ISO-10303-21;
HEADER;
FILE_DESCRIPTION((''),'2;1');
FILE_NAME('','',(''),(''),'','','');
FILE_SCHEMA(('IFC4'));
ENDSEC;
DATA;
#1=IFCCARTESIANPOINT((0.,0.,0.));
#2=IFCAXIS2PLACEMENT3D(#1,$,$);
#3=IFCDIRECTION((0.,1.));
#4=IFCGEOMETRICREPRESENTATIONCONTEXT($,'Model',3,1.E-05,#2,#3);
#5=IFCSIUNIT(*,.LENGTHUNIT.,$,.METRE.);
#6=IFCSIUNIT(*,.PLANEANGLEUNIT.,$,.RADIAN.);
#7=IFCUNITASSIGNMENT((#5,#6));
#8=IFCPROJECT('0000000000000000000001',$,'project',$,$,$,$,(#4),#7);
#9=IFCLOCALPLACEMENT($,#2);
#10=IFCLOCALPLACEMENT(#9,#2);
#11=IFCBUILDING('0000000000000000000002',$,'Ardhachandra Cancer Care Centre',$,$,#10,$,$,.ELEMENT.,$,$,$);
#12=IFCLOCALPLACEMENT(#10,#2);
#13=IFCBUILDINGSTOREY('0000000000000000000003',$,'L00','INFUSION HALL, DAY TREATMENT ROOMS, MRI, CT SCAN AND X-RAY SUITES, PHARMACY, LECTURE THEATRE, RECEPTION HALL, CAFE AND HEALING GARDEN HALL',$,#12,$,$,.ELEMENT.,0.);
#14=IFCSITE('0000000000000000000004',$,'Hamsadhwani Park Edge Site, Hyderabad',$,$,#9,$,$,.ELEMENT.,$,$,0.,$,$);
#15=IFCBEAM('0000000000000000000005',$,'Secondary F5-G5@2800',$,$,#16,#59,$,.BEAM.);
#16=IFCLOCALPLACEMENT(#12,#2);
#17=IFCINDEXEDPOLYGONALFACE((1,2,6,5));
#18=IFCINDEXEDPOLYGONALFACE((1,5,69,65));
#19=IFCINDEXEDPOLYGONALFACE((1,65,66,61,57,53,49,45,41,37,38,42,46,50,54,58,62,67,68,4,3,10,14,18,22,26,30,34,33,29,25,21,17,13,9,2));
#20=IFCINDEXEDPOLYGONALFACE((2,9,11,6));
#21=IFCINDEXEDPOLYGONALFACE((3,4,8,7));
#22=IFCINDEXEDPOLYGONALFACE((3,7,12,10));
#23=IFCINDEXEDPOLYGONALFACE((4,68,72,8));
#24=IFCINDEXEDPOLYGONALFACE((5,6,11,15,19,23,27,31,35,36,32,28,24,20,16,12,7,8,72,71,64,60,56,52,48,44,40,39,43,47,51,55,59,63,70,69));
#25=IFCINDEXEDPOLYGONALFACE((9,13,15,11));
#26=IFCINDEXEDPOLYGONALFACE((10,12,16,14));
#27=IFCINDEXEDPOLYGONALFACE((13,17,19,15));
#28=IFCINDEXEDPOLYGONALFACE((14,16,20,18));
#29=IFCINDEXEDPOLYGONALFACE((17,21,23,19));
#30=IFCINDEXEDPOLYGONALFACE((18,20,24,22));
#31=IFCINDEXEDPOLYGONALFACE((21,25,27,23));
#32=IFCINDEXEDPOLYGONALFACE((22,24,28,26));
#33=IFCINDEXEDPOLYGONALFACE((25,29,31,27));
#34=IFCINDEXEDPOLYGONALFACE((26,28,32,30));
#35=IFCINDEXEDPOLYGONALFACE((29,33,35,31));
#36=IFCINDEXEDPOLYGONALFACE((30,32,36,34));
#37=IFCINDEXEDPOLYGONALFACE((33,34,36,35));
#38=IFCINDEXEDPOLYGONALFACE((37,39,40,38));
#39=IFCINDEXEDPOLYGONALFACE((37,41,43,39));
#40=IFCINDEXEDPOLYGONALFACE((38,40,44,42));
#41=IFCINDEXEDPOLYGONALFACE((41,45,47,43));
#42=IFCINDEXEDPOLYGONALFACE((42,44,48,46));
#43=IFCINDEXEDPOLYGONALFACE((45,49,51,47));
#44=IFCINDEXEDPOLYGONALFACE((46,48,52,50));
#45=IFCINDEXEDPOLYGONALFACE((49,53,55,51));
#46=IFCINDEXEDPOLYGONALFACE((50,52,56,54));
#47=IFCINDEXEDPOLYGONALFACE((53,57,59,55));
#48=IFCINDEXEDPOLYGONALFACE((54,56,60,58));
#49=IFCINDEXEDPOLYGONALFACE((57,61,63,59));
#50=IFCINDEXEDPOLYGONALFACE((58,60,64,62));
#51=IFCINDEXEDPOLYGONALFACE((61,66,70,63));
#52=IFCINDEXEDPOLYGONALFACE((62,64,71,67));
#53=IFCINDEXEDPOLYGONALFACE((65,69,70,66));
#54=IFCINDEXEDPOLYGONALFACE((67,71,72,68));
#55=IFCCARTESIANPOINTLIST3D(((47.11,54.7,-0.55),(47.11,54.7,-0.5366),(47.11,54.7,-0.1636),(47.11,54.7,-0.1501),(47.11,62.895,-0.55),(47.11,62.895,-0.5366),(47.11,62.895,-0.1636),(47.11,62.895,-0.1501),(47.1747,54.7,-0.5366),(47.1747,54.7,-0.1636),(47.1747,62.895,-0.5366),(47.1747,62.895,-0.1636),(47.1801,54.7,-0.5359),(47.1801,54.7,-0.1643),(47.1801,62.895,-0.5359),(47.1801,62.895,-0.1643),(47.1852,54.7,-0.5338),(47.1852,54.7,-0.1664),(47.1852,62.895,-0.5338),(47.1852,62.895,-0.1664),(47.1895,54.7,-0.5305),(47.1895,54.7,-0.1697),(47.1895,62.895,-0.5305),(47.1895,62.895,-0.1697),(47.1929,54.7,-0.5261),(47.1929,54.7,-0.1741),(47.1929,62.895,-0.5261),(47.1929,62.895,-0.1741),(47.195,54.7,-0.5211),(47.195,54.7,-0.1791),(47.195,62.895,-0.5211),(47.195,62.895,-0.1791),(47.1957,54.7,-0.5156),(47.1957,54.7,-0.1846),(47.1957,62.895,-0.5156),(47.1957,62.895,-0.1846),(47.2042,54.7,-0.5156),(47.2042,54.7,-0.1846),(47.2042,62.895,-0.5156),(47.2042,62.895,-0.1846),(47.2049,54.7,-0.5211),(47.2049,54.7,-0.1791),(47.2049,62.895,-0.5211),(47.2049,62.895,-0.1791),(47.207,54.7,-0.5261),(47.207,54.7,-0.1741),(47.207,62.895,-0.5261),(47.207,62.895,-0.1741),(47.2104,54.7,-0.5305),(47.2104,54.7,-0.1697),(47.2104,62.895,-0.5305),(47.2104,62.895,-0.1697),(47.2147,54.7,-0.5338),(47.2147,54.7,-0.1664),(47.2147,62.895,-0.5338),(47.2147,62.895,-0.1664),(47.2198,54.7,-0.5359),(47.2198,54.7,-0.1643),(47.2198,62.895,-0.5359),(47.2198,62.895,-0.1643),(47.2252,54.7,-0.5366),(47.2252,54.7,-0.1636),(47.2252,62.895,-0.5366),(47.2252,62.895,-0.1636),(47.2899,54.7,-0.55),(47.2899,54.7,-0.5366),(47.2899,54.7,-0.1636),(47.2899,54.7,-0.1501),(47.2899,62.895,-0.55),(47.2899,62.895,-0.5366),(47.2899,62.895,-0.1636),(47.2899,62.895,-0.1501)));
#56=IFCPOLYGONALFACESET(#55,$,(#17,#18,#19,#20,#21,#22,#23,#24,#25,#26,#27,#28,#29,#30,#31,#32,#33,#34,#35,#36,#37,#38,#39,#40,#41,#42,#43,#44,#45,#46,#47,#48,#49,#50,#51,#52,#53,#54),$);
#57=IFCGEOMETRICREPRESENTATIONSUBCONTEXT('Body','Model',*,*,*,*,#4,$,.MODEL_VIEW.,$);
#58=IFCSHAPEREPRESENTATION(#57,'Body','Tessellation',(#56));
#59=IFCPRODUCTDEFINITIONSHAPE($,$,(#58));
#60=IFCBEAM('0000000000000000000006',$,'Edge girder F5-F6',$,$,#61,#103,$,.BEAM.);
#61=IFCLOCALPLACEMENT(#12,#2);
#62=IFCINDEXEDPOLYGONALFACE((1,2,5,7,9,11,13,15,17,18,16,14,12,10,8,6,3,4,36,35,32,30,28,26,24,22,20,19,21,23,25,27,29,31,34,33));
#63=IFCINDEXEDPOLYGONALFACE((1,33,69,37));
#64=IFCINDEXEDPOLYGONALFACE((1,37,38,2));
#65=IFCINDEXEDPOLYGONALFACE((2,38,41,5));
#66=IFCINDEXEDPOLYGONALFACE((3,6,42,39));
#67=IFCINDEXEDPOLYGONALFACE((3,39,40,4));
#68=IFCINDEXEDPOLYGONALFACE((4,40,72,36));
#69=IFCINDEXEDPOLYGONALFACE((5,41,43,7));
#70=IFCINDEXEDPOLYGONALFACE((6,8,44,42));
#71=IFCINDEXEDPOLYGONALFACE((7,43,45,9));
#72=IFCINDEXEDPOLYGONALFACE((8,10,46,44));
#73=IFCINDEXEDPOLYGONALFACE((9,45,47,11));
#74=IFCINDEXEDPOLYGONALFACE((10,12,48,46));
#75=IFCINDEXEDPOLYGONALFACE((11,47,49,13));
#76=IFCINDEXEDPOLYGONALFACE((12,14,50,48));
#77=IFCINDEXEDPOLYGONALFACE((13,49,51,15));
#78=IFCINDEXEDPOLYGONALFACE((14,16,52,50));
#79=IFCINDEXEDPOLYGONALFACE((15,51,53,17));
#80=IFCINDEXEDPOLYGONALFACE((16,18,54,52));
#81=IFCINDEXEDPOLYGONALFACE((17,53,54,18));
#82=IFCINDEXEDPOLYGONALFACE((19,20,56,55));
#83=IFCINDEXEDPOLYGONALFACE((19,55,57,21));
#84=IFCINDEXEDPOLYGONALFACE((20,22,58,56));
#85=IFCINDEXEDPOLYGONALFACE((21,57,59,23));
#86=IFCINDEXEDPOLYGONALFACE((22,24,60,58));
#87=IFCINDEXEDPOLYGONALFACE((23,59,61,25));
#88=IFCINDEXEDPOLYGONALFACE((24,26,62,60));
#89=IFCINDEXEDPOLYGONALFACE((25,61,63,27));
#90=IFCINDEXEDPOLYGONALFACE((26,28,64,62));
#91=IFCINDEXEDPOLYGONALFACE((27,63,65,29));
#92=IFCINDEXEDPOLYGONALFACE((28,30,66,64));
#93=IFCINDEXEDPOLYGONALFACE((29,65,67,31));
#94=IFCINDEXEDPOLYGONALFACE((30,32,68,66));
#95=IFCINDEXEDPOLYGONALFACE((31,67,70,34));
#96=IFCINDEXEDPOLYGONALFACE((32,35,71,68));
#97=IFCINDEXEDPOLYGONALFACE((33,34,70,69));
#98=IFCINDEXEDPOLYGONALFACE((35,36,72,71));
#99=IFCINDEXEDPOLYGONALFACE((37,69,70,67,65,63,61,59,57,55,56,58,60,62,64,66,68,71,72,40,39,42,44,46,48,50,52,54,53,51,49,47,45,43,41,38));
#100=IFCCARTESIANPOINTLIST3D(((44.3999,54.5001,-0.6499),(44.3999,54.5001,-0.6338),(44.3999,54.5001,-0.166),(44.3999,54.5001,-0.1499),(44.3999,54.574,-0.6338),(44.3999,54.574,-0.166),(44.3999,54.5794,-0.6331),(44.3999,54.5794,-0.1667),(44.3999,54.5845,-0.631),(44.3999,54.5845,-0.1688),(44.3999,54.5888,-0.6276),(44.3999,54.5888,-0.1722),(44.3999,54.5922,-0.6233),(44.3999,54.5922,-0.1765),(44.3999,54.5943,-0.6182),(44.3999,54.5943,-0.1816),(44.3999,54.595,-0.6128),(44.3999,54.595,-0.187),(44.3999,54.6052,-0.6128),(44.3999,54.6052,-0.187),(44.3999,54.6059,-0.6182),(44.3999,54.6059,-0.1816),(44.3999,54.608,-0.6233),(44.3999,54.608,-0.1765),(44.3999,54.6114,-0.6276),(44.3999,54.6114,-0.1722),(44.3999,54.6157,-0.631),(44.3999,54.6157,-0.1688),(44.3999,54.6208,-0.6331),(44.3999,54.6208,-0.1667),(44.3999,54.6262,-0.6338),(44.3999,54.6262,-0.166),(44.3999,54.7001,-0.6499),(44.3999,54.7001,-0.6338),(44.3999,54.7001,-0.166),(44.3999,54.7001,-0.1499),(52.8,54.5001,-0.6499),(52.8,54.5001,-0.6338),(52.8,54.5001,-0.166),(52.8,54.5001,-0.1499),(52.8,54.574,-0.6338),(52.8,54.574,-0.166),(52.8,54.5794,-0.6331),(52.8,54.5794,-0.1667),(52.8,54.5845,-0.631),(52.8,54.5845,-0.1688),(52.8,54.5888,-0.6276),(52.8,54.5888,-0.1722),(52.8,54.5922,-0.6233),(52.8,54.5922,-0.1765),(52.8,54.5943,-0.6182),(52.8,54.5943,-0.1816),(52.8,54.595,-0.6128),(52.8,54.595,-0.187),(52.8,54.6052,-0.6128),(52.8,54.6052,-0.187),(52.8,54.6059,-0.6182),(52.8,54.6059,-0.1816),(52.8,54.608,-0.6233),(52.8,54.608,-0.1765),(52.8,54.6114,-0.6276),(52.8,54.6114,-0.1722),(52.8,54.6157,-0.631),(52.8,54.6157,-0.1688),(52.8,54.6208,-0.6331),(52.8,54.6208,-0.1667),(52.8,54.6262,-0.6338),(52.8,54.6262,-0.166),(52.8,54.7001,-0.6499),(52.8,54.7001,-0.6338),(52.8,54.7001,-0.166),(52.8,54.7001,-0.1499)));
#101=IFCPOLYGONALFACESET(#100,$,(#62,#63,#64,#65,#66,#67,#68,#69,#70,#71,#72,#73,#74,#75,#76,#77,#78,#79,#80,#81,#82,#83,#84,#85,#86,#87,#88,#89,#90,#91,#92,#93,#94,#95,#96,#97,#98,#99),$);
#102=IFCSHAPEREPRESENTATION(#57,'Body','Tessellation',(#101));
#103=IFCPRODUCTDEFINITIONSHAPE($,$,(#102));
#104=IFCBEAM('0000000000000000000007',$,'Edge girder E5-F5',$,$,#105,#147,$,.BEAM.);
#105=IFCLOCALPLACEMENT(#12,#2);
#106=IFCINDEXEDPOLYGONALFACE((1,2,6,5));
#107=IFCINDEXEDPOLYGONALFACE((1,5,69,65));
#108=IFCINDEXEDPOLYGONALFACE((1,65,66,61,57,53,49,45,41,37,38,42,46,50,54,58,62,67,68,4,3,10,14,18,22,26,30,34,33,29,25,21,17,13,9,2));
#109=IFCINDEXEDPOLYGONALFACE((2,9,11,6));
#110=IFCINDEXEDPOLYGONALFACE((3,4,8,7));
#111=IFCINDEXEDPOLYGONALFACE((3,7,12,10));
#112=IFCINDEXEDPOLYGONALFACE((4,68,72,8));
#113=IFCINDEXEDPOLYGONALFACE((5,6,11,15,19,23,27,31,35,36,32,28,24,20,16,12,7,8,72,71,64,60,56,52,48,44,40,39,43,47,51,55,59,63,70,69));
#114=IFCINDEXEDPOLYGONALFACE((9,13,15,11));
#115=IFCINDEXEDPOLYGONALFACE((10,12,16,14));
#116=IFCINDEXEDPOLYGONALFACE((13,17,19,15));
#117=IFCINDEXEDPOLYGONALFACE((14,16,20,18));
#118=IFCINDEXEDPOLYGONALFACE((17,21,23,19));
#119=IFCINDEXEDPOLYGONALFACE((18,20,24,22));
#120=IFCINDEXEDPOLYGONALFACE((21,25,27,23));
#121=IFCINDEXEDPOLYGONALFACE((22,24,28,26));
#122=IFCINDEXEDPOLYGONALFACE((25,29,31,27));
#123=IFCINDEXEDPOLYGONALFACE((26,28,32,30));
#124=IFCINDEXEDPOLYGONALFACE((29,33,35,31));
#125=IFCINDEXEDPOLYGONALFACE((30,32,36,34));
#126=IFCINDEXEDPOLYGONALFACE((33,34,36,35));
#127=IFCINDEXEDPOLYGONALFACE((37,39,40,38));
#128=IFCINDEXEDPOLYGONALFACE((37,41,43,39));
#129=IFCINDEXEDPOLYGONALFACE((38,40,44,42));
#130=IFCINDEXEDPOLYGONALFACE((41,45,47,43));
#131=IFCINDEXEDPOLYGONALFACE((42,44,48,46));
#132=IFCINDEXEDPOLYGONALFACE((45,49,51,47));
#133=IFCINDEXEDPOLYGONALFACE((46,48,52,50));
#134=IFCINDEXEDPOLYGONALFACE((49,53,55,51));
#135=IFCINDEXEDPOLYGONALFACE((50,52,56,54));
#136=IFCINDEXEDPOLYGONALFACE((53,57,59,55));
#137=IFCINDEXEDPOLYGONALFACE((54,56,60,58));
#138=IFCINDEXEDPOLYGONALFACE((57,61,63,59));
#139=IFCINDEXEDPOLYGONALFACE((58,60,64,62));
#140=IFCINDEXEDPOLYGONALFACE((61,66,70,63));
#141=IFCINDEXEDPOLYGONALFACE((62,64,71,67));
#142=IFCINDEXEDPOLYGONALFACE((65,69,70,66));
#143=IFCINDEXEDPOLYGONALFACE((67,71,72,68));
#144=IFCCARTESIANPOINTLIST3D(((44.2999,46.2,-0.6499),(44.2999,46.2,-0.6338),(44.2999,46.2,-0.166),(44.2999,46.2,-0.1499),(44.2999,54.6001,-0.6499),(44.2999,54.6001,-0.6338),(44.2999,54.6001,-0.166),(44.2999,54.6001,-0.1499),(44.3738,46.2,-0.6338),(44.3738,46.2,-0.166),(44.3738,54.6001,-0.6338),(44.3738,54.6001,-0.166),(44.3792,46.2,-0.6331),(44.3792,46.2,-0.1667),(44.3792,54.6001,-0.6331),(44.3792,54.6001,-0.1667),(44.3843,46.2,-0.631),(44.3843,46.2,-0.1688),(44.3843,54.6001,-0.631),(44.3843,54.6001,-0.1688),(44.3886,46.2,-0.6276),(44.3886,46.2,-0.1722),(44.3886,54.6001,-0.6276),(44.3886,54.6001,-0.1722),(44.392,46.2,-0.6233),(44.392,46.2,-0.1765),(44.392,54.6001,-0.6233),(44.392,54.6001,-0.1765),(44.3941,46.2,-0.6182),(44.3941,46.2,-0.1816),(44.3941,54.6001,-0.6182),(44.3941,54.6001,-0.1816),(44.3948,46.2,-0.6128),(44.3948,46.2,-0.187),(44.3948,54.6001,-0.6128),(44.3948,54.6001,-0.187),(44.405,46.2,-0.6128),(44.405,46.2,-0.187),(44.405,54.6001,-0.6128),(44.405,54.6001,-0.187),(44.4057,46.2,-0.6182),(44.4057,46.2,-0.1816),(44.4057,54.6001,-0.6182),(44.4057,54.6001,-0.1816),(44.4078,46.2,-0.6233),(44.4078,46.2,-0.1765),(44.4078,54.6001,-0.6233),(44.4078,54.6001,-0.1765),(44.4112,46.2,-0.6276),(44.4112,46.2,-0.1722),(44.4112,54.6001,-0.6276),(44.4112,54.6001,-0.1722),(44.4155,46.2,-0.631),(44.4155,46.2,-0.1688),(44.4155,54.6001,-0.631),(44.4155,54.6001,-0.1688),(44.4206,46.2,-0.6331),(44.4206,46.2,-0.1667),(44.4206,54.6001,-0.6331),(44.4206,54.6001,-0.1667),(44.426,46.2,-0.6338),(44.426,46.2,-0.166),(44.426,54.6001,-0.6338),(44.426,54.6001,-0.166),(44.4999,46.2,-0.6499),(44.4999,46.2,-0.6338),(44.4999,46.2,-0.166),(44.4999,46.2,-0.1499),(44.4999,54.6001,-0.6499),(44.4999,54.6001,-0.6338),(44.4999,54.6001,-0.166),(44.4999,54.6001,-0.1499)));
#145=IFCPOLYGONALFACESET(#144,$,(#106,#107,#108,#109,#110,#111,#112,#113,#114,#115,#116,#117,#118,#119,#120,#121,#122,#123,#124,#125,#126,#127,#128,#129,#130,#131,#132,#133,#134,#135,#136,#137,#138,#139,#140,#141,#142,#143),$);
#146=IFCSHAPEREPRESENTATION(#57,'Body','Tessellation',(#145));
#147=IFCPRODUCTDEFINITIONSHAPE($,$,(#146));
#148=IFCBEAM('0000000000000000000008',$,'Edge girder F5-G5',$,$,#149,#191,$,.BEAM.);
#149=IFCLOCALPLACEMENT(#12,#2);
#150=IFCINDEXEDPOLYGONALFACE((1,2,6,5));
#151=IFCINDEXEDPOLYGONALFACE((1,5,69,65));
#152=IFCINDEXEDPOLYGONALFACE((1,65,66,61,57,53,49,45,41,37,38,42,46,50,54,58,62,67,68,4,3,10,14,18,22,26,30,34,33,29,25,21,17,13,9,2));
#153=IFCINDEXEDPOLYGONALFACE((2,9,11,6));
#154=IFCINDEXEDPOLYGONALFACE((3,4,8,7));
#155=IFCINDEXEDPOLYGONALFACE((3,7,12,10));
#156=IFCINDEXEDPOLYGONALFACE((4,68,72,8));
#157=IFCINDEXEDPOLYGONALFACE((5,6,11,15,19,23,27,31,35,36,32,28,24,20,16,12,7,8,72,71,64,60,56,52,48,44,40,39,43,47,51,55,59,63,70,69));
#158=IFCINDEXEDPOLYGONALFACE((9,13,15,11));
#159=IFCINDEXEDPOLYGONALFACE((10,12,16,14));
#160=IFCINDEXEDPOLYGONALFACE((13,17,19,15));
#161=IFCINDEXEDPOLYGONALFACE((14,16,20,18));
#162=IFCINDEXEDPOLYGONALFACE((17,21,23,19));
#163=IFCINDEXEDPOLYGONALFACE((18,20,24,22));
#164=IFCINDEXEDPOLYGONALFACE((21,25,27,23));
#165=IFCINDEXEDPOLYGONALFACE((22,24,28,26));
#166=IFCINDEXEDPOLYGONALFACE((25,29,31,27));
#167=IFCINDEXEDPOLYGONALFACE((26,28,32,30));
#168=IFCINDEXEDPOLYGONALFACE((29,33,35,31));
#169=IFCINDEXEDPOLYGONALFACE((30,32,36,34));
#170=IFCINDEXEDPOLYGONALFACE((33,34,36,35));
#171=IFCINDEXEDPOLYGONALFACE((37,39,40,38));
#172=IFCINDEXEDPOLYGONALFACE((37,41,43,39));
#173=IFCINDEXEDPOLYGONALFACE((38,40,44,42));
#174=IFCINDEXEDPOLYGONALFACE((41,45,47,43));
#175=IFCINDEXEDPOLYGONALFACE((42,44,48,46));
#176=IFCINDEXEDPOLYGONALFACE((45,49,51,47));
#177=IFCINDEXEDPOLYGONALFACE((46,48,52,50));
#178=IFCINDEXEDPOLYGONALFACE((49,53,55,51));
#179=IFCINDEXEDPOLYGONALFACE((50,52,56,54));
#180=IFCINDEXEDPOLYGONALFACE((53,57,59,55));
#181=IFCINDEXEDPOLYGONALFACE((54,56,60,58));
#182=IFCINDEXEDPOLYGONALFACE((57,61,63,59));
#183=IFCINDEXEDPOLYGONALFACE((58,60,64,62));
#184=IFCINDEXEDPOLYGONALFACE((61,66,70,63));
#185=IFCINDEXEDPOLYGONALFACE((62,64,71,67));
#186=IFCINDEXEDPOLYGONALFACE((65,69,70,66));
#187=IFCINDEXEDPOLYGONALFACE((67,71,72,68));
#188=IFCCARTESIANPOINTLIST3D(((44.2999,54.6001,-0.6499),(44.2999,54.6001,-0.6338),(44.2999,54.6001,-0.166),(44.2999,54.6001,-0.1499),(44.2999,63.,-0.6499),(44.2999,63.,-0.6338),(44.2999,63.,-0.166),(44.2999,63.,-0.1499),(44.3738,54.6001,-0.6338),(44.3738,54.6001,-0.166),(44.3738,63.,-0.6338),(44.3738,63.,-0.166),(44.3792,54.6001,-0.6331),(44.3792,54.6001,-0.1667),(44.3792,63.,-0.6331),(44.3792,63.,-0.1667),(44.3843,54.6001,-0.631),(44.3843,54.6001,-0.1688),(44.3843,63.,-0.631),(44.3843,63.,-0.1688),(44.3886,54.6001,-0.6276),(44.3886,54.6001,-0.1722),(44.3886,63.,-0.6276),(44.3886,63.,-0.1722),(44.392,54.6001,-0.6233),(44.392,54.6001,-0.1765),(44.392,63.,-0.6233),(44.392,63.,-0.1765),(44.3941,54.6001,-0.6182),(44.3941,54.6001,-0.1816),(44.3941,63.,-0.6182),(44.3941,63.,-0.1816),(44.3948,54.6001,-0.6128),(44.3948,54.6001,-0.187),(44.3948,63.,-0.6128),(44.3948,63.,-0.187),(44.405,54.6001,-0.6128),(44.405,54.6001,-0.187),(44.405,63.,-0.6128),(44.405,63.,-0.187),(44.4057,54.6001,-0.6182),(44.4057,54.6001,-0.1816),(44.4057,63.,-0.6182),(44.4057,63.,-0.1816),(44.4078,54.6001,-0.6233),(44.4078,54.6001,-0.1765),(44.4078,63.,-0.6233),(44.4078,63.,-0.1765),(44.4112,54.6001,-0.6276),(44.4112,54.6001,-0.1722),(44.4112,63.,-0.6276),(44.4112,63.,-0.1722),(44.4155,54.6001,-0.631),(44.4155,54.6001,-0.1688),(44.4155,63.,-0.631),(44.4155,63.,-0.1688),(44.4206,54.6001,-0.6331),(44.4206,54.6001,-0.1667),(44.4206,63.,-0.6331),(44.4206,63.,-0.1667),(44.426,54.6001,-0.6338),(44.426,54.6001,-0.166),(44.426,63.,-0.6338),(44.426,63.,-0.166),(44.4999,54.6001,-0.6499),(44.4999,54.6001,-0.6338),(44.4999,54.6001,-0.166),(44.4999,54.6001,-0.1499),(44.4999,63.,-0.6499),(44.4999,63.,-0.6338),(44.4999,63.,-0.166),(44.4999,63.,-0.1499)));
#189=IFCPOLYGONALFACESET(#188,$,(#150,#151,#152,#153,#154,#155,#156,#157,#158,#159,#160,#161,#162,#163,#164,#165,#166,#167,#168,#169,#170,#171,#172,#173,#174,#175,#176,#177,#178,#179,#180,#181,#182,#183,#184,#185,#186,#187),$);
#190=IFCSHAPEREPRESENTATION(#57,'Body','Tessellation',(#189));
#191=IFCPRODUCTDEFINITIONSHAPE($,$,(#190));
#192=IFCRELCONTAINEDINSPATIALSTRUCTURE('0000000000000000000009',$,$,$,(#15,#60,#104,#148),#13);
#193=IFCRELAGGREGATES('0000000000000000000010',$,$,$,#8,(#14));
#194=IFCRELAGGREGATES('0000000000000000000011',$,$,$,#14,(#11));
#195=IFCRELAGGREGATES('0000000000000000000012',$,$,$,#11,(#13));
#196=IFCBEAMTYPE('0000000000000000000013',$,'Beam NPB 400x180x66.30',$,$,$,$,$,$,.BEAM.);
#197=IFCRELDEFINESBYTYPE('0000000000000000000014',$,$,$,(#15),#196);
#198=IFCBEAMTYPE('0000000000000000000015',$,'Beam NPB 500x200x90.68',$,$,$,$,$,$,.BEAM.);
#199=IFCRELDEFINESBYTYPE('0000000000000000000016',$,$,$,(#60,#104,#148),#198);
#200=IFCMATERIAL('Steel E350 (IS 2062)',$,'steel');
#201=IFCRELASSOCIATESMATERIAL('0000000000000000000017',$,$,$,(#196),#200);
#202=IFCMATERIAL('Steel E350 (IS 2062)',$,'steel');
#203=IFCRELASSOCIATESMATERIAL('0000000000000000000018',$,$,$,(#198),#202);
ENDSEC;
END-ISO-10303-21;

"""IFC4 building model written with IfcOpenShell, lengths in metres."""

from ifc_helpers import new_model, si_unit, direction, frame, origin, origin_2d, place, context, subcontext, project, spatial, i_section, extrude, material, material_profile, profile_set, type_object, element, save


model = new_model("IFC4")

# Units and contexts
model_context = context("Model", 3, precision=1e-05, world=origin(), true_north=direction((0.0, 1.0)))
body_context = subcontext(model_context, "Body", "Model", "MODEL_VIEW")
ifc_project = project(units=[si_unit("LENGTHUNIT", "METRE"), si_unit("PLANEANGLEUNIT", "RADIAN")], contexts=[model_context])

# Site, building, storey
site_placement = place(None, origin())
site = spatial("IfcSite", under=ifc_project, at=site_placement, Name="Hamsadhwani Park Edge Site, Hyderabad", CompositionType="ELEMENT", RefElevation=0.0)
building_placement = place(site_placement, origin())
building = spatial("IfcBuilding", under=site, at=building_placement, Name="Ardhachandra Cancer Care Centre", CompositionType="ELEMENT")
storey_placement = place(building_placement, origin())
storey = spatial("IfcBuildingStorey", under=building, at=storey_placement, Name="L00", Description="INFUSION HALL, DAY TREATMENT ROOMS, MRI, CT SCAN AND X-RAY SUITES, PHARMACY, LECTURE THEATRE, RECEPTION HALL, CAFE AND HEALING GARDEN HALL", CompositionType="ELEMENT", Elevation=0.0)

# Beams
ifc_material_1 = material(Name="Steel E350 (IS 2062)", Category="steel")
ifc_material_profile_1 = material_profile(ifc_material_1, i_section(OverallWidth=0.1799, OverallDepth=0.3999, WebThickness=0.0085, FlangeThickness=0.0134, FilletRadius=0.021, at=origin_2d()), Name="NPB 400x180x66.30")
ifc_profile_set_1 = profile_set([ifc_material_profile_1], Name="Steel E350 (IS 2062)")
beam_type_1 = type_object("IfcBeamType", Name="Beam NPB 400x180x66.30", PredefinedType="BEAM", material=ifc_profile_set_1)
beam_1_placement = place(storey_placement, frame((47.2, 54.7, -0.3501), z_axis=(0.0, 1.0, 0.0), x_axis=(-1.0, 0.0, 0.0)))
element("IfcBeam", 1, at=beam_1_placement, inside=storey, type_object=beam_type_1, Name="Secondary F5-G5@2800", PredefinedType="BEAM", context=body_context, shape_type="SweptSolid", body=[
    extrude(i_section(OverallWidth=0.1799, OverallDepth=0.3999, WebThickness=0.0085, FlangeThickness=0.0134, FilletRadius=0.021, at=origin_2d()), origin(), (0.0, 0.0, 1.0), 8.1951),
])
ifc_material_2 = material(Name="Steel E350 (IS 2062)", Category="steel")
ifc_material_profile_2 = material_profile(ifc_material_2, i_section(OverallWidth=0.2, OverallDepth=0.5, WebThickness=0.0103, FlangeThickness=0.0161, FilletRadius=0.021, at=origin_2d()), Name="NPB 500x200x90.68")
ifc_profile_set_2 = profile_set([ifc_material_profile_2], Name="Steel E350 (IS 2062)")
beam_type_2 = type_object("IfcBeamType", Name="Beam NPB 500x200x90.68", PredefinedType="BEAM", material=ifc_profile_set_2)
for number, where, z_axis, x_axis, name in (
    (2, (44.3999, 54.6001, -0.3999), (1.0, 0.0, 0.0), (0.0, 1.0, 0.0), "Edge girder F5-F6"),
    (3, (44.3999, 46.2, -0.3999), (0.0, 1.0, 0.0), (-1.0, 0.0, 0.0), "Edge girder E5-F5"),
):
    element("IfcBeam", number, at=place(storey_placement, frame(where, z_axis=z_axis, x_axis=x_axis)), inside=storey, type_object=beam_type_2, Name=name, PredefinedType="BEAM", context=body_context, shape_type="SweptSolid", body=[
        extrude(i_section(OverallWidth=0.2, OverallDepth=0.5, WebThickness=0.0103, FlangeThickness=0.0161, FilletRadius=0.021, at=origin_2d()), origin(), (0.0, 0.0, 1.0), 8.4001),
    ])
beam_2_placement = place(storey_placement, frame((44.3999, 54.6001, -0.3999), z_axis=(0.0, 1.0, 0.0), x_axis=(-1.0, 0.0, 0.0)))
element("IfcBeam", 4, at=beam_2_placement, inside=storey, type_object=beam_type_2, Name="Edge girder F5-G5", PredefinedType="BEAM", context=body_context, shape_type="SweptSolid", body=[
    extrude(i_section(OverallWidth=0.2, OverallDepth=0.5, WebThickness=0.0103, FlangeThickness=0.0161, FilletRadius=0.021, at=origin_2d()), origin(), (0.0, 0.0, 1.0), 8.3999),
])

save(model, "model.ifc")
